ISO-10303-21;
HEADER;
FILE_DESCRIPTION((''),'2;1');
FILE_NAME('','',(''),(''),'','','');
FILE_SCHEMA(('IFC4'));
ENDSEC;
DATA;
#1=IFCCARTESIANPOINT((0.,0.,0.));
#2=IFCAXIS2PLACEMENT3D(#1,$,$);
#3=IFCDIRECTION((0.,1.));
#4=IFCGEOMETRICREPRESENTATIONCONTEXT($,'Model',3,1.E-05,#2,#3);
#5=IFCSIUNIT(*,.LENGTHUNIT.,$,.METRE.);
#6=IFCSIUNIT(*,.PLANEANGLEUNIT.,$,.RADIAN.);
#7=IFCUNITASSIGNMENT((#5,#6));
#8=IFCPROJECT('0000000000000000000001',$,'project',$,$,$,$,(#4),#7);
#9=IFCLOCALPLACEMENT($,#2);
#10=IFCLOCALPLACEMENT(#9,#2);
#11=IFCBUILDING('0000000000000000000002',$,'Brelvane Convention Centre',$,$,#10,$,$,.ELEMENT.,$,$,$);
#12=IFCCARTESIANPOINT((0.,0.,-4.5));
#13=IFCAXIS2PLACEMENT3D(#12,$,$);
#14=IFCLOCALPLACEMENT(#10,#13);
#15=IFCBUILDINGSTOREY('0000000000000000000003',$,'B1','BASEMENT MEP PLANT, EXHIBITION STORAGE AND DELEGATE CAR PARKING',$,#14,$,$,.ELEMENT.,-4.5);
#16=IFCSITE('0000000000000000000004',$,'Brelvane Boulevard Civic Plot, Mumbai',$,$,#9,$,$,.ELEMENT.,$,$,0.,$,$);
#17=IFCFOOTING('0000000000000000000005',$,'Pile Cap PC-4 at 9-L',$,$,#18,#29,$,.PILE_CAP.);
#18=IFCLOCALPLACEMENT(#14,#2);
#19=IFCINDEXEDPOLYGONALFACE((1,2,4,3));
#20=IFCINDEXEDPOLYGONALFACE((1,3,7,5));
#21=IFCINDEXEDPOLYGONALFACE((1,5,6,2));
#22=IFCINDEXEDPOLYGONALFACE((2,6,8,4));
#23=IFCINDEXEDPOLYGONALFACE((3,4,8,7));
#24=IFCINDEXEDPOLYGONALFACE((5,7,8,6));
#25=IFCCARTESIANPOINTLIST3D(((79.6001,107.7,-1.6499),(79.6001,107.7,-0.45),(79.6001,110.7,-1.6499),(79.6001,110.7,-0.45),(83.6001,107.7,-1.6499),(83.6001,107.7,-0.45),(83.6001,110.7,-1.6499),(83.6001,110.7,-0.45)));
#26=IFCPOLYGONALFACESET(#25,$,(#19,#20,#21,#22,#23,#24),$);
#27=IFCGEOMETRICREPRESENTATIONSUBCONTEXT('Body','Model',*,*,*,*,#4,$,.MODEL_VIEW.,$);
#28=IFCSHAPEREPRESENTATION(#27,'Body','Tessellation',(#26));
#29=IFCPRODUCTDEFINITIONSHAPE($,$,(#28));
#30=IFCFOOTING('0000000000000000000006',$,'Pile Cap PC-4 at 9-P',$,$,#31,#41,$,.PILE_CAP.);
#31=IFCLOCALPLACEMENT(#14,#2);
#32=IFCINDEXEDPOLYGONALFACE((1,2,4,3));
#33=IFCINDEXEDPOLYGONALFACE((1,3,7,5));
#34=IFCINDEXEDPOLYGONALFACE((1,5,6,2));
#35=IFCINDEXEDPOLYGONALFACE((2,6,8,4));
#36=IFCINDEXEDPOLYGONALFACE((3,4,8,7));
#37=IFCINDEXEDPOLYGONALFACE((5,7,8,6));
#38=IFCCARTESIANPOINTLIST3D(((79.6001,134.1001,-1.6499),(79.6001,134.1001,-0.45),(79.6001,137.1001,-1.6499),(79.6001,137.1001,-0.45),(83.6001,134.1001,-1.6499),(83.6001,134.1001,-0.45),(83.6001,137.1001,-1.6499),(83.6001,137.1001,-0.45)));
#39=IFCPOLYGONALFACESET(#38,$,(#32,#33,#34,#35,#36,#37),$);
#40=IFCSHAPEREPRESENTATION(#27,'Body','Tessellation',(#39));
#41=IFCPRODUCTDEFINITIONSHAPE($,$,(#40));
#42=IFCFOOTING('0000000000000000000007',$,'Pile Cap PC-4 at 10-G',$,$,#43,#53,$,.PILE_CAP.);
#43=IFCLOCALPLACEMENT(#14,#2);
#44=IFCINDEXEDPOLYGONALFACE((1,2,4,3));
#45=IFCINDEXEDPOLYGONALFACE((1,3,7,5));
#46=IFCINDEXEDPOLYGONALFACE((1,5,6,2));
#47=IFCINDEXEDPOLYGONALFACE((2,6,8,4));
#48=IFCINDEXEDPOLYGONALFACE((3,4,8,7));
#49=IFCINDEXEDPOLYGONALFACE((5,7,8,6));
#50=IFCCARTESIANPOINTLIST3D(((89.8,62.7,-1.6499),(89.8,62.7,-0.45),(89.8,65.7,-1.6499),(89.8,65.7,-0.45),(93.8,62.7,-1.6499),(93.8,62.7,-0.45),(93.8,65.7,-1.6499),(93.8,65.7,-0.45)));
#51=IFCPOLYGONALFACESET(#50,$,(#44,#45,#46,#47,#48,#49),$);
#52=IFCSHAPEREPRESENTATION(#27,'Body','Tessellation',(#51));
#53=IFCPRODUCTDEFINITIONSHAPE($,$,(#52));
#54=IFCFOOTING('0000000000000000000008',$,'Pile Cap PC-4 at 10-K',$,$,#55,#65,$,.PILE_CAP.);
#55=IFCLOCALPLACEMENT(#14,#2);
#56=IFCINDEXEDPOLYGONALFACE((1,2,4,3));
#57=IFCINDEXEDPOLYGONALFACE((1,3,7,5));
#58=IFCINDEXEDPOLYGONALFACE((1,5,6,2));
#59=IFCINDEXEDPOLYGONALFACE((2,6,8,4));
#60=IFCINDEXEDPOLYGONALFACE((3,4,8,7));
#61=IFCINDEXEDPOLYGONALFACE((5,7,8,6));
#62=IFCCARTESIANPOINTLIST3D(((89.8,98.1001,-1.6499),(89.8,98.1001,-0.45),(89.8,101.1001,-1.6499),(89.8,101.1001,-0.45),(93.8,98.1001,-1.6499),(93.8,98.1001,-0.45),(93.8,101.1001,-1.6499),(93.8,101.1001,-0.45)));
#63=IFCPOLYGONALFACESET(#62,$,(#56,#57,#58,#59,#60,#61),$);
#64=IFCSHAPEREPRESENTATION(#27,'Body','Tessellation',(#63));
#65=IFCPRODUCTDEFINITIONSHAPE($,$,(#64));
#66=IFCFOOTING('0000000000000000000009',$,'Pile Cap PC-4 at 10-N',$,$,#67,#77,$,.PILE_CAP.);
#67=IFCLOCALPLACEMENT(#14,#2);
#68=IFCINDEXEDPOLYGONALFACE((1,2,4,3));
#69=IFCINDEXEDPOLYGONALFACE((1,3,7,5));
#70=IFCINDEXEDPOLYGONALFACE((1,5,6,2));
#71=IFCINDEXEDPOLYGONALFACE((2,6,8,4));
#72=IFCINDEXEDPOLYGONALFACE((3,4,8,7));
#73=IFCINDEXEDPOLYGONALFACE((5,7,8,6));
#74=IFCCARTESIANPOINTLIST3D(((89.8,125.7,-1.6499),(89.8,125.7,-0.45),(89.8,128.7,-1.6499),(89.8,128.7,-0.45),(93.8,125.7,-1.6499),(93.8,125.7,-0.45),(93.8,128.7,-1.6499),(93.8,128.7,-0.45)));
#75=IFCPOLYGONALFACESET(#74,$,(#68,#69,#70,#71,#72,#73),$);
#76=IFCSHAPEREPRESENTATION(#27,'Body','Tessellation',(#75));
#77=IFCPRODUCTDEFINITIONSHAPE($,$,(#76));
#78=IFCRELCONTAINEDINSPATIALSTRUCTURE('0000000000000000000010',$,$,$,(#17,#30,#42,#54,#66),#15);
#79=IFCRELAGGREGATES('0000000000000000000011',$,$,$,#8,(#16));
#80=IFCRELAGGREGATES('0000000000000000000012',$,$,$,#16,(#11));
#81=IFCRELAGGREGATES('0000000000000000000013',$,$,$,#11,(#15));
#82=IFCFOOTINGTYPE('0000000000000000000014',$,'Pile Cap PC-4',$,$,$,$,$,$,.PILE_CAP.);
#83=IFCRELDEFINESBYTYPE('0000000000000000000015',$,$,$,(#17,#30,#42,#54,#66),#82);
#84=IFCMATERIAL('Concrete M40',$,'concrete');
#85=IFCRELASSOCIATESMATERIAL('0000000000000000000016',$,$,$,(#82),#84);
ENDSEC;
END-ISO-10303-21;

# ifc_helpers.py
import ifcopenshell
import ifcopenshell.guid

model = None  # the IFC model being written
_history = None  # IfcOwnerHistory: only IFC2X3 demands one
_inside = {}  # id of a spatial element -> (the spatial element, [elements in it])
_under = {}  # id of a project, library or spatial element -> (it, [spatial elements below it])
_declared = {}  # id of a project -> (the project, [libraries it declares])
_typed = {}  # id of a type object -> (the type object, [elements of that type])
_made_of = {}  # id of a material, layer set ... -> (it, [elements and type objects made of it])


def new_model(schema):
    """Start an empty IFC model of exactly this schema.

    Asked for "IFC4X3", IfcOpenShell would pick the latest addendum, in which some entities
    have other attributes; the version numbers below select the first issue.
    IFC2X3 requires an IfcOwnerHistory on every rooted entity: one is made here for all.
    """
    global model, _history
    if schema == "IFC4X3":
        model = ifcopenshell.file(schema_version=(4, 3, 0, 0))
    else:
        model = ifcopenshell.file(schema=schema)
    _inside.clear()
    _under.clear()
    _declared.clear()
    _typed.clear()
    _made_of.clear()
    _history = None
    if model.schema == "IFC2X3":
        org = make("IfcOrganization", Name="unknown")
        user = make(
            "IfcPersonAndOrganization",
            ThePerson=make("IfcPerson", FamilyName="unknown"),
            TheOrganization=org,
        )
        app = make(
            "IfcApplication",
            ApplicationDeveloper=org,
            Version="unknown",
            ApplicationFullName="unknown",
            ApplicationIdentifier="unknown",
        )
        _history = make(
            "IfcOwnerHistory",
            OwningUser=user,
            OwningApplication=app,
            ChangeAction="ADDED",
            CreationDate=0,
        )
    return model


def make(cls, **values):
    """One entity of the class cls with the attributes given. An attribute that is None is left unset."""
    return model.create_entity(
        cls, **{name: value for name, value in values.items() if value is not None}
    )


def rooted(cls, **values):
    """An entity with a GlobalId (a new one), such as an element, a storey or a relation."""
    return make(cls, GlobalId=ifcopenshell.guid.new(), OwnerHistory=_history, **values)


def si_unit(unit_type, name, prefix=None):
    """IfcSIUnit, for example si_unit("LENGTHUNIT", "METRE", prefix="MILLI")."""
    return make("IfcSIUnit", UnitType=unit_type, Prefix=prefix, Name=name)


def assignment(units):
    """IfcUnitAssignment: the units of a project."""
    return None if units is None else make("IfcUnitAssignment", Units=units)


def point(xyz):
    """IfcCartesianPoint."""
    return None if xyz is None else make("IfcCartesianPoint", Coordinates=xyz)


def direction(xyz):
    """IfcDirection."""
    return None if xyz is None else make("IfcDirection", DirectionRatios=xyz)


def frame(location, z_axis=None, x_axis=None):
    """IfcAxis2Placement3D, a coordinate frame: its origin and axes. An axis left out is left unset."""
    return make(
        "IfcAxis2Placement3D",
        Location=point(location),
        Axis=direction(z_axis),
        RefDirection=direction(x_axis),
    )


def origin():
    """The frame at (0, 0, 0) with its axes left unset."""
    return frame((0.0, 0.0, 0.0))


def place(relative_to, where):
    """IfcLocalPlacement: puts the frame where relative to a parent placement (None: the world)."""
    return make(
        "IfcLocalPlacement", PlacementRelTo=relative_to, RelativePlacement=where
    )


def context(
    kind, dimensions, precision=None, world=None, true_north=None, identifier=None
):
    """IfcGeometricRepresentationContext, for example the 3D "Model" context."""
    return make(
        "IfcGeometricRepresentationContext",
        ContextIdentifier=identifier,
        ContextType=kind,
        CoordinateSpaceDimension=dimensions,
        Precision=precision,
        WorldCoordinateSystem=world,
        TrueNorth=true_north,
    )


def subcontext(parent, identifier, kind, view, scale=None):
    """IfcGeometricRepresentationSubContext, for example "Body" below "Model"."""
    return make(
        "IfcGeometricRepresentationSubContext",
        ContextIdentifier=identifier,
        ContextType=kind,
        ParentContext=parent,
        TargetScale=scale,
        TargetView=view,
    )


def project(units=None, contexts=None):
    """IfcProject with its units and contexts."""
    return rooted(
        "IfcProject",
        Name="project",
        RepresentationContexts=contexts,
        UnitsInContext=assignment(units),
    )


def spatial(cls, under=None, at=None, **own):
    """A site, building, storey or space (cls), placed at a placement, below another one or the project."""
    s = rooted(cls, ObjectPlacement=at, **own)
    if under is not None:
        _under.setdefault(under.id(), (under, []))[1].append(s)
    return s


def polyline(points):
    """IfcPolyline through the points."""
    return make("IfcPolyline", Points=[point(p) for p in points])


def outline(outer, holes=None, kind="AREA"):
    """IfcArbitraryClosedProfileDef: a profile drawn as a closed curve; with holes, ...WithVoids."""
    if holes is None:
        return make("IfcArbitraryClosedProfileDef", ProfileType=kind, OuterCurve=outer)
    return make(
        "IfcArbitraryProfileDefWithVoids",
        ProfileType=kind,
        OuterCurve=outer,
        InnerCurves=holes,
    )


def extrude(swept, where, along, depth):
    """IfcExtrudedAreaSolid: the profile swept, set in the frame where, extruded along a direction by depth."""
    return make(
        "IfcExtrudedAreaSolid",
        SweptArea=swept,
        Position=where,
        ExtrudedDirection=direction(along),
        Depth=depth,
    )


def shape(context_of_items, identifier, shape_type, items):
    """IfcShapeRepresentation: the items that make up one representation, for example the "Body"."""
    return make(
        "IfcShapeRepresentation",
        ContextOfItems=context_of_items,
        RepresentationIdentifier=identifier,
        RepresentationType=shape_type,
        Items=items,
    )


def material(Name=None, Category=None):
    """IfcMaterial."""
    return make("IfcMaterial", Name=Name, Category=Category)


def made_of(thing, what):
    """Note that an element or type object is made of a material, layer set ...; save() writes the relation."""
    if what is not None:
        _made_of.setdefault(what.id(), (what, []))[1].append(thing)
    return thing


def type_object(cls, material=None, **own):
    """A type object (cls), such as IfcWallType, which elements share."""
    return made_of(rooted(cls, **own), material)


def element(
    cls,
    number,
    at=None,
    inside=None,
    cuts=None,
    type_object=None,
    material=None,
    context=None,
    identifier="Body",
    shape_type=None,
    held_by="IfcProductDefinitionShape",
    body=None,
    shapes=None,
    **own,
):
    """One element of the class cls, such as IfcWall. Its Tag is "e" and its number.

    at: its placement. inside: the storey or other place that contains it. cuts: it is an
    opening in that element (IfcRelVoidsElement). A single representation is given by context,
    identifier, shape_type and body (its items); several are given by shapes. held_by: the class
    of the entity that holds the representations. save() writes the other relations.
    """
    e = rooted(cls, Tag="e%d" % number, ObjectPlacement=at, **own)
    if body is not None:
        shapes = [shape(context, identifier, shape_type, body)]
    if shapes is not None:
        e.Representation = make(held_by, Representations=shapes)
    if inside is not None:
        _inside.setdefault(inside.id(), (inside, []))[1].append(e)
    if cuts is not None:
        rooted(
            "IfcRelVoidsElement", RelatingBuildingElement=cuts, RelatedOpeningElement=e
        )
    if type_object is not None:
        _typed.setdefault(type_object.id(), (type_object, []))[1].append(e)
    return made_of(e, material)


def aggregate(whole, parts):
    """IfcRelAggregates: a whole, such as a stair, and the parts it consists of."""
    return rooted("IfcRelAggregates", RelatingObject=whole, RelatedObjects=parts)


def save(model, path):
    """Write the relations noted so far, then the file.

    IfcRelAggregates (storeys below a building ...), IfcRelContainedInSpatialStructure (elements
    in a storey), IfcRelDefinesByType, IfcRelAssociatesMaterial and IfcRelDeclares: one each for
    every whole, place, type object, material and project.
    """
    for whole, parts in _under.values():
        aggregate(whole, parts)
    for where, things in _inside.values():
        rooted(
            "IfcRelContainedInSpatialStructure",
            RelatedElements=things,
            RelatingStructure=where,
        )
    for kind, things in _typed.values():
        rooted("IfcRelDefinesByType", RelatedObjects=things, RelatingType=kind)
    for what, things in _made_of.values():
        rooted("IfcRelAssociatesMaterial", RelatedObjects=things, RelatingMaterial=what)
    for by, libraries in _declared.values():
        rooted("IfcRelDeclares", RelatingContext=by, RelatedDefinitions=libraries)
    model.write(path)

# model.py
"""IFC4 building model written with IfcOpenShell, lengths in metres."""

from ifc_helpers import new_model, si_unit, direction, frame, origin, place, context, subcontext, project, spatial, polyline, outline, extrude, material, type_object, element, save


model = new_model("IFC4")

# Units and contexts
model_context = context("Model", 3, precision=1e-05, world=origin(), true_north=direction((0.0, 1.0)))
body_context = subcontext(model_context, "Body", "Model", "MODEL_VIEW")
ifc_project = project(units=[si_unit("LENGTHUNIT", "METRE"), si_unit("PLANEANGLEUNIT", "RADIAN")], contexts=[model_context])

# Site, building, storey
site_placement = place(None, origin())
site = spatial("IfcSite", under=ifc_project, at=site_placement, Name="Brelvane Boulevard Civic Plot, Mumbai", CompositionType="ELEMENT", RefElevation=0.0)
building_placement = place(site_placement, origin())
building = spatial("IfcBuilding", under=site, at=building_placement, Name="Brelvane Convention Centre", CompositionType="ELEMENT")
storey_placement = place(building_placement, frame((0.0, 0.0, -4.5)))
storey = spatial("IfcBuildingStorey", under=building, at=storey_placement, Name="B1", Description="BASEMENT MEP PLANT, EXHIBITION STORAGE AND DELEGATE CAR PARKING", CompositionType="ELEMENT", Elevation=-4.5)

# Footings
ifc_material_1 = material(Name="Concrete M40", Category="concrete")
footing_type_1 = type_object("IfcFootingType", Name="Pile Cap PC-4", PredefinedType="PILE_CAP", material=ifc_material_1)
footing_1_placement = place(storey_placement, frame((0.0, 0.0, -1.6499)))
element("IfcFooting", 1, at=footing_1_placement, inside=storey, type_object=footing_type_1, Name="Pile Cap PC-4 at 9-L", PredefinedType="PILE_CAP", context=body_context, shape_type="SweptSolid", body=[
    extrude(outline(polyline([(79.6001, 107.7), (83.6001, 107.7), (83.6001, 110.7), (79.6001, 110.7), (79.6001, 107.7)])), origin(), (0.0, 0.0, 1.0), 1.2),
])
footing_2_placement = place(storey_placement, frame((0.0, 0.0, -1.6499)))
element("IfcFooting", 2, at=footing_2_placement, inside=storey, type_object=footing_type_1, Name="Pile Cap PC-4 at 9-P", PredefinedType="PILE_CAP", context=body_context, shape_type="SweptSolid", body=[
    extrude(outline(polyline([(79.6001, 134.1001), (83.6001, 134.1001), (83.6001, 137.1001), (79.6001, 137.1001), (79.6001, 134.1001)])), origin(), (0.0, 0.0, 1.0), 1.2),
])
footing_3_placement = place(storey_placement, frame((0.0, 0.0, -1.6499)))
element("IfcFooting", 3, at=footing_3_placement, inside=storey, type_object=footing_type_1, Name="Pile Cap PC-4 at 10-G", PredefinedType="PILE_CAP", context=body_context, shape_type="SweptSolid", body=[
    extrude(outline(polyline([(89.8, 62.7), (93.8, 62.7), (93.8, 65.7), (89.8, 65.7), (89.8, 62.7)])), origin(), (0.0, 0.0, 1.0), 1.2),
])
footing_4_placement = place(storey_placement, frame((0.0, 0.0, -1.6499)))
element("IfcFooting", 4, at=footing_4_placement, inside=storey, type_object=footing_type_1, Name="Pile Cap PC-4 at 10-K", PredefinedType="PILE_CAP", context=body_context, shape_type="SweptSolid", body=[
    extrude(outline(polyline([(89.8, 98.1001), (93.8, 98.1001), (93.8, 101.1001), (89.8, 101.1001), (89.8, 98.1001)])), origin(), (0.0, 0.0, 1.0), 1.2),
])
footing_5_placement = place(storey_placement, frame((0.0, 0.0, -1.6499)))
element("IfcFooting", 5, at=footing_5_placement, inside=storey, type_object=footing_type_1, Name="Pile Cap PC-4 at 10-N", PredefinedType="PILE_CAP", context=body_context, shape_type="SweptSolid", body=[
    extrude(outline(polyline([(89.8, 125.7), (93.8, 125.7), (93.8, 128.7), (89.8, 128.7), (89.8, 125.7)])), origin(), (0.0, 0.0, 1.0), 1.2),
])

save(model, "model.ifc")
